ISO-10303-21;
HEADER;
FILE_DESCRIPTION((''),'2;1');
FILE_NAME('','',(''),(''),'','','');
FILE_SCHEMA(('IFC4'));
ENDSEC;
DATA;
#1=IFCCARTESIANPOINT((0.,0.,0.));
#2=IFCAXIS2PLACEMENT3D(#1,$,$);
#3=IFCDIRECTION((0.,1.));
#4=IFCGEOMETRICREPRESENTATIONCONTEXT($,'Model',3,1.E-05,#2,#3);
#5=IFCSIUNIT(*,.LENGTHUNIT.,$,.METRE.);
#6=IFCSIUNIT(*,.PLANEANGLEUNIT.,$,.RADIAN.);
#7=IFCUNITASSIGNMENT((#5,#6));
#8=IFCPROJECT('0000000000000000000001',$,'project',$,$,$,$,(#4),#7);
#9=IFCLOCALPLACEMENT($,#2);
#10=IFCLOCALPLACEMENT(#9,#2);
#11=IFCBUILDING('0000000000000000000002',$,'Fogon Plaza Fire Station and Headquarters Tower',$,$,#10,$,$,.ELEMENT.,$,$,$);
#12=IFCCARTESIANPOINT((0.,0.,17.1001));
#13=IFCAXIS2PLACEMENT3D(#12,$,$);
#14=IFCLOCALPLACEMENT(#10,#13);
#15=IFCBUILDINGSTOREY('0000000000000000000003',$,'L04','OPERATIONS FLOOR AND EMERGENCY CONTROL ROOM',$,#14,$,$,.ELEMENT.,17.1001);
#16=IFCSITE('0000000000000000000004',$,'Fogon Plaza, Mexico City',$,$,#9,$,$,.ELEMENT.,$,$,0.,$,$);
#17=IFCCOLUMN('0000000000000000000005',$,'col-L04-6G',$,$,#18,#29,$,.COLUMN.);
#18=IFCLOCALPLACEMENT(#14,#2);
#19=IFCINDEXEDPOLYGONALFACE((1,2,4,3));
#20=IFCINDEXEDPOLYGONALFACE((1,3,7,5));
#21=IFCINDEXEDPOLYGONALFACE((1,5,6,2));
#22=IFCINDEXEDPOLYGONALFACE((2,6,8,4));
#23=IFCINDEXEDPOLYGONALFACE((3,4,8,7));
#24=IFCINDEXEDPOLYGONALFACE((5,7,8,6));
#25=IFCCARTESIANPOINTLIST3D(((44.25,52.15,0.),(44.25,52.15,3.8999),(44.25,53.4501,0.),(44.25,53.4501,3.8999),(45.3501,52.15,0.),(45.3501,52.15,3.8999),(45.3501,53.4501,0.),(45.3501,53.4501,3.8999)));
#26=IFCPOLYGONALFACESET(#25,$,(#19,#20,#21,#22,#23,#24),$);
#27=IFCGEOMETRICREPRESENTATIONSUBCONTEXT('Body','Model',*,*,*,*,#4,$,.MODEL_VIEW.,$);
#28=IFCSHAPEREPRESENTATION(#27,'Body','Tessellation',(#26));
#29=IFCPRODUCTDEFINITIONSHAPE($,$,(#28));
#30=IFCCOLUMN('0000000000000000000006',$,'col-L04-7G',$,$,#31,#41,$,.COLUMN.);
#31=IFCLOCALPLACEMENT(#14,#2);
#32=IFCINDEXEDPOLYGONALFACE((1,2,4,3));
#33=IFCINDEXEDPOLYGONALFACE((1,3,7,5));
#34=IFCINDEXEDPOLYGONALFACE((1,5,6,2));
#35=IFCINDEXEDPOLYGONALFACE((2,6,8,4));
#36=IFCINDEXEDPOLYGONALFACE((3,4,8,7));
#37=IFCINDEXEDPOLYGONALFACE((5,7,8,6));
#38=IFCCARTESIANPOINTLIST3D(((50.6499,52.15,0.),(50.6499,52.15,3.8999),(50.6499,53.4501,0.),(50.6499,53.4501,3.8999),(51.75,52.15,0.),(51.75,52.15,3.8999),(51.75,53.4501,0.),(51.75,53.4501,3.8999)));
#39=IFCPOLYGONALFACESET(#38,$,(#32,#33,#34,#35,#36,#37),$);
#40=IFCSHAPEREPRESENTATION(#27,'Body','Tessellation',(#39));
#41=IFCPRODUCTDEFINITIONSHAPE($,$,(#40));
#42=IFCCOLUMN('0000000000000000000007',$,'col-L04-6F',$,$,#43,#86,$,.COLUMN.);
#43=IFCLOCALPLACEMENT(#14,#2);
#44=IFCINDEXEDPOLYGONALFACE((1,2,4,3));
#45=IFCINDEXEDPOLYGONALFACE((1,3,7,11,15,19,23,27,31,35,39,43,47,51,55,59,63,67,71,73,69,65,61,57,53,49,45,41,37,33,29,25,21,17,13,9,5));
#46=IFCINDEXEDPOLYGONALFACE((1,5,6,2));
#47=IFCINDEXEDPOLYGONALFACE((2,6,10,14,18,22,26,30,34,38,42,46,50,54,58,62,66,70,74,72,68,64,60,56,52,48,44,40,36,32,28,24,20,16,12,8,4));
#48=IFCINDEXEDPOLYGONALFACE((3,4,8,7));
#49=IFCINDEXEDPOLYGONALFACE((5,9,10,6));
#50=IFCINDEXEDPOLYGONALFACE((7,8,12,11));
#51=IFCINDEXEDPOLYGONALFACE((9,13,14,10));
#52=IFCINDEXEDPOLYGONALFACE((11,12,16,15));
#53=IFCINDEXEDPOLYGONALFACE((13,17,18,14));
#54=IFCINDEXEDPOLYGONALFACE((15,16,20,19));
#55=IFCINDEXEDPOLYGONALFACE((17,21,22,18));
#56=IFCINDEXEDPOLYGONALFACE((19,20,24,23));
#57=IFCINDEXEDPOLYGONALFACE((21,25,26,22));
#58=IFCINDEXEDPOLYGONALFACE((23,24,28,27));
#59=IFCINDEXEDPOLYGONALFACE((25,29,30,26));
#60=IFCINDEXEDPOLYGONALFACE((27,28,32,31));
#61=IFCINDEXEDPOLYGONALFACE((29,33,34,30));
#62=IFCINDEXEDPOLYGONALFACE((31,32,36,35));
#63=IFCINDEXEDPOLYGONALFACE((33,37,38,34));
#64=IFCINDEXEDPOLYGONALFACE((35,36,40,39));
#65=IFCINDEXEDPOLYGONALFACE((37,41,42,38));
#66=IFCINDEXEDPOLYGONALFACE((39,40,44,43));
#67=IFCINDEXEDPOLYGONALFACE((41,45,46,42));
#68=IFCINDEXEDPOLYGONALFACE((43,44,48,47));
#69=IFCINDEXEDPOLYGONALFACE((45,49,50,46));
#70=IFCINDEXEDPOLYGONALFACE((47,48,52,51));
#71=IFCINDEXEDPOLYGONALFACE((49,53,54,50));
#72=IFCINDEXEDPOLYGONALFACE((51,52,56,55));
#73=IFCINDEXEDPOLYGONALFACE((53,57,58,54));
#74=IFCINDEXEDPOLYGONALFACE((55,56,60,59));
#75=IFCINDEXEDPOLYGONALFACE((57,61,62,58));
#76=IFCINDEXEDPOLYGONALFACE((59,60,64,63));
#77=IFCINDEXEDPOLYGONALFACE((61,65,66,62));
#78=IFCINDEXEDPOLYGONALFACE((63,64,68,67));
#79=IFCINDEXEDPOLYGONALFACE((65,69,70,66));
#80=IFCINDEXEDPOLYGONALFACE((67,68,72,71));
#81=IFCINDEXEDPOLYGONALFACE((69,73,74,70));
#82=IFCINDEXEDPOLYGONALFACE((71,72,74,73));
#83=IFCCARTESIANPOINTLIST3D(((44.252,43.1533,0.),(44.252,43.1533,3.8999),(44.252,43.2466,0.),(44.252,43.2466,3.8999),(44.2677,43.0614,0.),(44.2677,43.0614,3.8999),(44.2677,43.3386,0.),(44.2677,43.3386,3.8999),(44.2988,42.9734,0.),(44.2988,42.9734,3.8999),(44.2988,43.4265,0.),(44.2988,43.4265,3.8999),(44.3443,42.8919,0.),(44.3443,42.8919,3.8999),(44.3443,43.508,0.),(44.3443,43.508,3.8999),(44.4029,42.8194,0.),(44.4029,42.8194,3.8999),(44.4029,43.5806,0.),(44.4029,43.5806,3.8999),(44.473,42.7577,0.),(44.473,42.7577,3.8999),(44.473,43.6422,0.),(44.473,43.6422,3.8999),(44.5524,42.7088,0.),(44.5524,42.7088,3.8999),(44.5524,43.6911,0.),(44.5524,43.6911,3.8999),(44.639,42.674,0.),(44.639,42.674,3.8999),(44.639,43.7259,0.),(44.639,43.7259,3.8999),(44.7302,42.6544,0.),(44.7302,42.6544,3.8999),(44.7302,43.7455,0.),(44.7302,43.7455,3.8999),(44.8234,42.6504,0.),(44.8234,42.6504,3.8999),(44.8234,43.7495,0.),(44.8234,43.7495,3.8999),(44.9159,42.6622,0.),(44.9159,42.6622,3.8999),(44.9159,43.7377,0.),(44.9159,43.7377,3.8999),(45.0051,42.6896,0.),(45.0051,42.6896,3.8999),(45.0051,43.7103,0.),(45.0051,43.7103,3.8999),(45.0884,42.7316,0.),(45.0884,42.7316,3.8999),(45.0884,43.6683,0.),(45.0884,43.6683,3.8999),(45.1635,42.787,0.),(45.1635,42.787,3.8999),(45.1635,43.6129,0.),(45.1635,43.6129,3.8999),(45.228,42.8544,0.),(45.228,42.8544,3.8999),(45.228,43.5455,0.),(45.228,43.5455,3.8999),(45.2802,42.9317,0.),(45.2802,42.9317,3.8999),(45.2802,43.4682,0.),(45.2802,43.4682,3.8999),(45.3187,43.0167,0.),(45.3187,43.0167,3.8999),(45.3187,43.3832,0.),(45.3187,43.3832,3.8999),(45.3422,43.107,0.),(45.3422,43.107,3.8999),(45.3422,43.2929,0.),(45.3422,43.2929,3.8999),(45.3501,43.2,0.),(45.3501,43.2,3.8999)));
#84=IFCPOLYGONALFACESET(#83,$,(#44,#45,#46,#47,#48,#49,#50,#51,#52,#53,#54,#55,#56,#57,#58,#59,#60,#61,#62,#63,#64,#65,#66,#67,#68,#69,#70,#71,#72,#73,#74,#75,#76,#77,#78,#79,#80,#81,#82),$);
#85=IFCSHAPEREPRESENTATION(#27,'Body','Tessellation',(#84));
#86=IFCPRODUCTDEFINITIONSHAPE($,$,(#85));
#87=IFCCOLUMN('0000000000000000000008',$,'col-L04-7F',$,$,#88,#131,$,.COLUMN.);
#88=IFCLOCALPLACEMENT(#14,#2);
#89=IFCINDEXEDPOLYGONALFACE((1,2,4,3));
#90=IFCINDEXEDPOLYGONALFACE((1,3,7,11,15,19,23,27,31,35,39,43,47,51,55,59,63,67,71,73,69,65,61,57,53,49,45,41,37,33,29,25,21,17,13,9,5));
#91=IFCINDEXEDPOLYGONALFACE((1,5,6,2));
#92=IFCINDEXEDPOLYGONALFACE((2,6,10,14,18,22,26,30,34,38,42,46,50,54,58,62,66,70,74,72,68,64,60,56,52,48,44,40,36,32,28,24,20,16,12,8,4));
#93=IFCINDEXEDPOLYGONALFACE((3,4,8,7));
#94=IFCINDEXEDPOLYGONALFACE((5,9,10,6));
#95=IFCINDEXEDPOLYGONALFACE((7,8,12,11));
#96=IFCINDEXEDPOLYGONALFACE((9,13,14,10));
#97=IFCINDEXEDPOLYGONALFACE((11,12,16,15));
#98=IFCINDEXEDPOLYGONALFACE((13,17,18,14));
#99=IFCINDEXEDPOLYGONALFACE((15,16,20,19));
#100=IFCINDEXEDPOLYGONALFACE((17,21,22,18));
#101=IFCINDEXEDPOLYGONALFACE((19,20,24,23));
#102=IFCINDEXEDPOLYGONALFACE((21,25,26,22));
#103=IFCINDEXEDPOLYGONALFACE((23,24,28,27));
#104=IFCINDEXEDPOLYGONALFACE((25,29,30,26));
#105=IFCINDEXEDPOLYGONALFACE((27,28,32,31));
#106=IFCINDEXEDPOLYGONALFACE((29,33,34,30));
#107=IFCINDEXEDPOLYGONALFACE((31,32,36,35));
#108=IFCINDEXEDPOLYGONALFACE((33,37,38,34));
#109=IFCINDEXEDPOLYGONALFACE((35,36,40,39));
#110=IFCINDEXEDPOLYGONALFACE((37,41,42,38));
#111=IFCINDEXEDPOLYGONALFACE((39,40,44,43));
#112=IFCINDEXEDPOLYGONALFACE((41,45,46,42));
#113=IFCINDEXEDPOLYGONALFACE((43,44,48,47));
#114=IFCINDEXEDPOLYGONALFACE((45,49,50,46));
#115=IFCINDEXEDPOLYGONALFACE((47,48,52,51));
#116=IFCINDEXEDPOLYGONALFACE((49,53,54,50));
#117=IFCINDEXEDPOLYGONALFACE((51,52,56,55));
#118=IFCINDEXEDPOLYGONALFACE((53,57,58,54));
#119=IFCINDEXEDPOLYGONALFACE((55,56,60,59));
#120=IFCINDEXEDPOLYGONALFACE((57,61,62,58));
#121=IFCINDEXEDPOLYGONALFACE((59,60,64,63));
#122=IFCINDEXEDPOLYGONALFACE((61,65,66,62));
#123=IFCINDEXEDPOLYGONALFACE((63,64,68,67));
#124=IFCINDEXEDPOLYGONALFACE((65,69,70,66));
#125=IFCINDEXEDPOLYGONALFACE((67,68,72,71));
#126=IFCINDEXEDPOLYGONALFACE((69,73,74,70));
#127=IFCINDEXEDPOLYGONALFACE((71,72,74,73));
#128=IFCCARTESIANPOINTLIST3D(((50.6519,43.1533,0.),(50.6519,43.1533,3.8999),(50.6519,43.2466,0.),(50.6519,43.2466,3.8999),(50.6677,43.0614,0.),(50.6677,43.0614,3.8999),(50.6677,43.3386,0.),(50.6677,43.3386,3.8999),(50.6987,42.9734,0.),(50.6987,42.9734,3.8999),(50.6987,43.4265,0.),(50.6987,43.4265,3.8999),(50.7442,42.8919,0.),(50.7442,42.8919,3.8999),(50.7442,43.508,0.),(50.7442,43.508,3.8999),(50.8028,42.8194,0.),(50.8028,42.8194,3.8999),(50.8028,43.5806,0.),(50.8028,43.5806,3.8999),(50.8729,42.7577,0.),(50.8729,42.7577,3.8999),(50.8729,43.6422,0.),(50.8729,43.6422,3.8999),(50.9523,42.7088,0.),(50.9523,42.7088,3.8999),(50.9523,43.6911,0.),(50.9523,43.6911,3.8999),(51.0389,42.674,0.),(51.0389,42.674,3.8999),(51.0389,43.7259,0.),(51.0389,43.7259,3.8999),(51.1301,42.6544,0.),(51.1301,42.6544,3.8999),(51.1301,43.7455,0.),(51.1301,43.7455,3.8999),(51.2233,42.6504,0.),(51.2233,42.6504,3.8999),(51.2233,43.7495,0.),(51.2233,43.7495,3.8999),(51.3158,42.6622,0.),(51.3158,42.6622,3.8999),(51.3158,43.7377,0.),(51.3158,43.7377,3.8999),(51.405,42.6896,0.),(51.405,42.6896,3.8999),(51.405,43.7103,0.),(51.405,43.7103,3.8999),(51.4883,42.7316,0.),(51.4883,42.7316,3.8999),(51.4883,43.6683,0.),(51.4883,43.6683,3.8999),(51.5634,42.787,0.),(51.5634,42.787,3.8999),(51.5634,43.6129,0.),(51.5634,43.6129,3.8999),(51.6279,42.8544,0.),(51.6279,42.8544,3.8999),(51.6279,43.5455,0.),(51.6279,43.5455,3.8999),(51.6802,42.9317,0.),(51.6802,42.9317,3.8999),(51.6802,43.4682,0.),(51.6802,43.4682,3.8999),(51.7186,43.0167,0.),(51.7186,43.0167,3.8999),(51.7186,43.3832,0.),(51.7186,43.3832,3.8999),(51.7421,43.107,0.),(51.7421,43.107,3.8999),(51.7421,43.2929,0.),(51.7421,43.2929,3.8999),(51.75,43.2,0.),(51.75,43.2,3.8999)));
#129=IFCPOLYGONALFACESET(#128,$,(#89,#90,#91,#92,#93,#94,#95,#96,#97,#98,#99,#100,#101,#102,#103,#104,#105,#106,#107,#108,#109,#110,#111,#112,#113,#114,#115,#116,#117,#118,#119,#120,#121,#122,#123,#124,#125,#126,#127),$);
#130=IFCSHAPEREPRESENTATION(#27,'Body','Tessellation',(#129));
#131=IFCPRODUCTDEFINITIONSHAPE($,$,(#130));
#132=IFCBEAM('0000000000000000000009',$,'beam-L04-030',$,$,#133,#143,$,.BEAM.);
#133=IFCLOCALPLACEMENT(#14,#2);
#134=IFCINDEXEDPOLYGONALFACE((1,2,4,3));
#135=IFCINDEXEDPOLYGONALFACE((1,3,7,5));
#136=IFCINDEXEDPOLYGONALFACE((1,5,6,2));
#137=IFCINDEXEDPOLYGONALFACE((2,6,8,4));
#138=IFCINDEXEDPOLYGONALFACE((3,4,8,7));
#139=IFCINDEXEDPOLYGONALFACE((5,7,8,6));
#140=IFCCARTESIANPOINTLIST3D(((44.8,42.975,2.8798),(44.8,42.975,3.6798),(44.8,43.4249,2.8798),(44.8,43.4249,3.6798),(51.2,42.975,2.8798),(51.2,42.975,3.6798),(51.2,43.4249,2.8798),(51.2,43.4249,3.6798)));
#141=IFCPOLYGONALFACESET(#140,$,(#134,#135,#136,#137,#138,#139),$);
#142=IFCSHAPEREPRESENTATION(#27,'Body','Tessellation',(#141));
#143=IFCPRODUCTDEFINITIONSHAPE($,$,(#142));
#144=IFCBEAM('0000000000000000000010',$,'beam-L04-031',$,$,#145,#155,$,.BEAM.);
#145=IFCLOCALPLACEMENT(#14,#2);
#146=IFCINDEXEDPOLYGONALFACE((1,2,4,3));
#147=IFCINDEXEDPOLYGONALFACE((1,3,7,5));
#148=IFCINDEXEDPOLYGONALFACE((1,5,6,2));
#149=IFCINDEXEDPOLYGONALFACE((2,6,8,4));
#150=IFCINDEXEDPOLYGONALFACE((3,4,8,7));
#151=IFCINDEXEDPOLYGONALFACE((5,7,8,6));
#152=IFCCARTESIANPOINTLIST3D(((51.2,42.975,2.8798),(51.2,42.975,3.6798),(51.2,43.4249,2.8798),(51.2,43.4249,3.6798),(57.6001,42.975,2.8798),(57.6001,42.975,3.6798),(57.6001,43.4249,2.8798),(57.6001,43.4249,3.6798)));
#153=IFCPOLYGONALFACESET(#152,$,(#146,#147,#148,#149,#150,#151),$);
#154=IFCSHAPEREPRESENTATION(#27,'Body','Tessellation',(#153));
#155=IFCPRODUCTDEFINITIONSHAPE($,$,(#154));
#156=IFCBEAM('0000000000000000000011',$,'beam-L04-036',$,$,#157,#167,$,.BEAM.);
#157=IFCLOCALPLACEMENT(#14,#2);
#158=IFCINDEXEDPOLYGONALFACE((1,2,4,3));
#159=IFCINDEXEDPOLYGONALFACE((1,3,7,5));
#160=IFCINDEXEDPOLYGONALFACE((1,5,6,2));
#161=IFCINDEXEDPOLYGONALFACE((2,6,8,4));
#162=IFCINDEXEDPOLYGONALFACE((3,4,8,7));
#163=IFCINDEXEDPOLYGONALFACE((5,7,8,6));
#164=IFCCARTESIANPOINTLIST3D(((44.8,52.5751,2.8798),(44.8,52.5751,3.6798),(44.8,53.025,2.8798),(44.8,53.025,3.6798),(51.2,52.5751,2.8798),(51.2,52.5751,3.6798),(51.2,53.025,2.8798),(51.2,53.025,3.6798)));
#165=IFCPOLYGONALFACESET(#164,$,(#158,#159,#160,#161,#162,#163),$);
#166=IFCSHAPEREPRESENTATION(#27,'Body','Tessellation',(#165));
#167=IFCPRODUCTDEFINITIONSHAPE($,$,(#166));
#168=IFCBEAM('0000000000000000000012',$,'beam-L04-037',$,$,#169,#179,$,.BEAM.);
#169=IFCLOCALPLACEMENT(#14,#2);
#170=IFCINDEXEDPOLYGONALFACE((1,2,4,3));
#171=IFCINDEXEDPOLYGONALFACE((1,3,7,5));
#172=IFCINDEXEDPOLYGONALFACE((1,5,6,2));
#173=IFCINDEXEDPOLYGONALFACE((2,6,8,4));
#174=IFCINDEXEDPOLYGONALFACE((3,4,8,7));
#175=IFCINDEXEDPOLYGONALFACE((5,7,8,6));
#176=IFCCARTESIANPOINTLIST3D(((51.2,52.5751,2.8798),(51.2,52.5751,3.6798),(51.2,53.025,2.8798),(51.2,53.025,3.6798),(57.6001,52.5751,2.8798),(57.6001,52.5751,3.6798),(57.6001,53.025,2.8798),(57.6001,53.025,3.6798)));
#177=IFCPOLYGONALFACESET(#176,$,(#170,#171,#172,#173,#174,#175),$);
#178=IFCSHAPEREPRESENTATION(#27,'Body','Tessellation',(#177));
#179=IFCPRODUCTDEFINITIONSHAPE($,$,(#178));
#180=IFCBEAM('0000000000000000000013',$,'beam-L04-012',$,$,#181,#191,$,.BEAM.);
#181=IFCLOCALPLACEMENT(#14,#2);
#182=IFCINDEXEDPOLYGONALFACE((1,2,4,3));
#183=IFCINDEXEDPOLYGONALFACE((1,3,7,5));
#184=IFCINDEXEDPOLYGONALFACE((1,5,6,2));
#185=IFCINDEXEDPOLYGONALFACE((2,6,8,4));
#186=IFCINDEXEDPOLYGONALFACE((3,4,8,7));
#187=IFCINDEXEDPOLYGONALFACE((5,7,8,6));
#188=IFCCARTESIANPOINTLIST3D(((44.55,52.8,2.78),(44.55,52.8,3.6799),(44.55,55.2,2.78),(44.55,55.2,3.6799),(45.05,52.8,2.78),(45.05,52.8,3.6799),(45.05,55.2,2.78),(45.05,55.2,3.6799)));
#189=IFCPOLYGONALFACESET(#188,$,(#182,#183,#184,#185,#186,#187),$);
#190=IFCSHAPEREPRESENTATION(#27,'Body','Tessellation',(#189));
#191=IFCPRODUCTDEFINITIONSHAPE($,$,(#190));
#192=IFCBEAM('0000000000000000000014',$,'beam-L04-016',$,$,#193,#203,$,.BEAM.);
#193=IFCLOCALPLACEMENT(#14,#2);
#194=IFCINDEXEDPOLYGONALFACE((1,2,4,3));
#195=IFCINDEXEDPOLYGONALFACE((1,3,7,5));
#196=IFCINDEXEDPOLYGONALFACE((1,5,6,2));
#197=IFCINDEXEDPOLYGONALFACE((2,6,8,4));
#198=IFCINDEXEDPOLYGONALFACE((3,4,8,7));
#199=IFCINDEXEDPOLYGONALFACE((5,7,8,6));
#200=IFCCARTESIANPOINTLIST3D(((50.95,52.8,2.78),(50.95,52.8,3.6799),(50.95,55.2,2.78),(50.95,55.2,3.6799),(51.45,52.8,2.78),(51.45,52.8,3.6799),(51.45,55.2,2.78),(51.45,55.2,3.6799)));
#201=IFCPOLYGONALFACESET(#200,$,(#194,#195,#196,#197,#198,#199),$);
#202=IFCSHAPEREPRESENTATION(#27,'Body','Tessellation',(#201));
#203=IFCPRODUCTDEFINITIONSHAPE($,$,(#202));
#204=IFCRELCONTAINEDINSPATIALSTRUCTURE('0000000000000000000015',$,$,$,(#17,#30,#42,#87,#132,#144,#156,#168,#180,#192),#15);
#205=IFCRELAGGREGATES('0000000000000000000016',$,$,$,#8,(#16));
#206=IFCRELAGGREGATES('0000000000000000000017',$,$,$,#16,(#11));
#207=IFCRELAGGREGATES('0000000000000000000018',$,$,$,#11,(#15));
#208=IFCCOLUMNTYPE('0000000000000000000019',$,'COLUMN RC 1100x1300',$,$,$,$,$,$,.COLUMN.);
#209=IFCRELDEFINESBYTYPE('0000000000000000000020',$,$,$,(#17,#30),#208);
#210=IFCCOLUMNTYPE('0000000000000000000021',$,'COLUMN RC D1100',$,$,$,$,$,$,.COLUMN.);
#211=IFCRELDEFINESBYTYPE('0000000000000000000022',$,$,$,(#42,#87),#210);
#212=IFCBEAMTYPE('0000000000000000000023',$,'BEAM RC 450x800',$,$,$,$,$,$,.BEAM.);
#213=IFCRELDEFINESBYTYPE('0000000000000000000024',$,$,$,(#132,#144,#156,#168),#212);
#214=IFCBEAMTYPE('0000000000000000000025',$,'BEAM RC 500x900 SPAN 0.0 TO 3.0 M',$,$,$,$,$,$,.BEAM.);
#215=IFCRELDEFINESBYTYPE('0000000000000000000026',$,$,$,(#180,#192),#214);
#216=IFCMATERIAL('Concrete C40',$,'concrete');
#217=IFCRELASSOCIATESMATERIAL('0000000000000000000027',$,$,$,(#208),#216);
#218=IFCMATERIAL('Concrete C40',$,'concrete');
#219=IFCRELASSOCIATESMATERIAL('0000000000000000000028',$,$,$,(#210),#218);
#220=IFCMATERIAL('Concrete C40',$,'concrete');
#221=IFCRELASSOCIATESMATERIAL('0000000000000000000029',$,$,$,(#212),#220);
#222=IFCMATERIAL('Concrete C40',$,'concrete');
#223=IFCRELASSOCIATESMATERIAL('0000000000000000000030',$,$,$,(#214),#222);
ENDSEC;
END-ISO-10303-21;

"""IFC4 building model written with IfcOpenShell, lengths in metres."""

from ifc_helpers import new_model, si_unit, direction, frame, origin, origin_2d, place, context, subcontext, project, spatial, rectangle, circle, extrude, material, material_profile, profile_set, type_object, element, save


model = new_model("IFC4")

# Units and contexts
model_context = context("Model", 3, precision=1e-05, world=origin(), true_north=direction((0.0, 1.0)))
body_context = subcontext(model_context, "Body", "Model", "MODEL_VIEW")
ifc_project = project(units=[si_unit("LENGTHUNIT", "METRE"), si_unit("PLANEANGLEUNIT", "RADIAN")], contexts=[model_context])

# Site, building, storey
site_placement = place(None, origin())
site = spatial("IfcSite", under=ifc_project, at=site_placement, Name="Fogon Plaza, Mexico City", CompositionType="ELEMENT", RefElevation=0.0)
building_placement = place(site_placement, origin())
building = spatial("IfcBuilding", under=site, at=building_placement, Name="Fogon Plaza Fire Station and Headquarters Tower", CompositionType="ELEMENT")
storey_placement = place(building_placement, frame((0.0, 0.0, 17.1001)))
storey = spatial("IfcBuildingStorey", under=building, at=storey_placement, Name="L04", Description="OPERATIONS FLOOR AND EMERGENCY CONTROL ROOM", CompositionType="ELEMENT", Elevation=17.1001)

# Columns
ifc_material_1 = material(Name="Concrete C40", Category="concrete")
ifc_material_profile_1 = material_profile(ifc_material_1, rectangle(XDim=1.1001, YDim=1.3, at=origin_2d()), Name="RC 1100x1300")
ifc_profile_set_1 = profile_set([ifc_material_profile_1], Name="Concrete C40")
column_type_1 = type_object("IfcColumnType", Name="COLUMN RC 1100x1300", PredefinedType="COLUMN", material=ifc_profile_set_1)
for number, where, z_axis, x_axis, name in (
    (1, (44.8, 52.8, 0.0), (0.0, 0.0, 1.0), (1.0, 0.0, 0.0), "col-L04-6G"),
    (2, (51.2, 52.8, 0.0), (0.0, 0.0, 1.0), (1.0, 0.0, 0.0), "col-L04-7G"),
):
    element("IfcColumn", number, at=place(storey_placement, frame(where, z_axis=z_axis, x_axis=x_axis)), inside=storey, type_object=column_type_1, Name=name, PredefinedType="COLUMN", context=body_context, shape_type="SweptSolid", body=[
        extrude(rectangle(XDim=1.1001, YDim=1.3, at=origin_2d()), origin(), (0.0, 0.0, 1.0), 3.8999),
    ])
ifc_material_2 = material(Name="Concrete C40", Category="concrete")
ifc_material_profile_2 = material_profile(ifc_material_2, circle(Radius=0.55, at=origin_2d()), Name="RC D1100")
ifc_profile_set_2 = profile_set([ifc_material_profile_2], Name="Concrete C40")
column_type_2 = type_object("IfcColumnType", Name="COLUMN RC D1100", PredefinedType="COLUMN", material=ifc_profile_set_2)
for number, where, z_axis, x_axis, name in (
    (3, (44.8, 43.2, 0.0), (0.0, 0.0, 1.0), (1.0, 0.0, 0.0), "col-L04-6F"),
    (4, (51.2, 43.2, 0.0), (0.0, 0.0, 1.0), (1.0, 0.0, 0.0), "col-L04-7F"),
):
    element("IfcColumn", number, at=place(storey_placement, frame(where, z_axis=z_axis, x_axis=x_axis)), inside=storey, type_object=column_type_2, Name=name, PredefinedType="COLUMN", context=body_context, shape_type="SweptSolid", body=[
        extrude(circle(Radius=0.55, at=origin_2d()), origin(), (0.0, 0.0, 1.0), 3.8999),
    ])

# Beams
ifc_material_3 = material(Name="Concrete C40", Category="concrete")
ifc_material_profile_3 = material_profile(ifc_material_3, rectangle(XDim=0.45, YDim=0.8, at=origin_2d()), Name="RC 450x800")
ifc_profile_set_3 = profile_set([ifc_material_profile_3], Name="Concrete C40")
beam_type_1 = type_object("IfcBeamType", Name="BEAM RC 450x800", PredefinedType="BEAM", material=ifc_profile_set_3)
beam_1_placement = place(storey_placement, frame((44.8, 43.2, 3.2798), z_axis=(1.0, 0.0, 0.0), x_axis=(0.0, 1.0, 0.0)))
element("IfcBeam", 5, at=beam_1_placement, inside=storey, type_object=beam_type_1, Name="beam-L04-030", PredefinedType="BEAM", context=body_context, shape_type="SweptSolid", body=[
    extrude(rectangle(XDim=0.45, YDim=0.8, at=origin_2d()), origin(), (0.0, 0.0, 1.0), 6.3999),
])
beam_2_placement = place(storey_placement, frame((51.2, 43.2, 3.2798), z_axis=(1.0, 0.0, 0.0), x_axis=(0.0, 1.0, 0.0)))
element("IfcBeam", 6, at=beam_2_placement, inside=storey, type_object=beam_type_1, Name="beam-L04-031", PredefinedType="BEAM", context=body_context, shape_type="SweptSolid", body=[
    extrude(rectangle(XDim=0.45, YDim=0.8, at=origin_2d()), origin(), (0.0, 0.0, 1.0), 6.4001),
])
beam_3_placement = place(storey_placement, frame((44.8, 52.8, 3.2798), z_axis=(1.0, 0.0, 0.0), x_axis=(0.0, 1.0, 0.0)))
element("IfcBeam", 7, at=beam_3_placement, inside=storey, type_object=beam_type_1, Name="beam-L04-036", PredefinedType="BEAM", context=body_context, shape_type="SweptSolid", body=[
    extrude(rectangle(XDim=0.45, YDim=0.8, at=origin_2d()), origin(), (0.0, 0.0, 1.0), 6.3999),
])
beam_4_placement = place(storey_placement, frame((51.2, 52.8, 3.2798), z_axis=(1.0, 0.0, 0.0), x_axis=(0.0, 1.0, 0.0)))
element("IfcBeam", 8, at=beam_4_placement, inside=storey, type_object=beam_type_1, Name="beam-L04-037", PredefinedType="BEAM", context=body_context, shape_type="SweptSolid", body=[
    extrude(rectangle(XDim=0.45, YDim=0.8, at=origin_2d()), origin(), (0.0, 0.0, 1.0), 6.4001),
])
ifc_material_4 = material(Name="Concrete C40", Category="concrete")
ifc_material_profile_4 = material_profile(ifc_material_4, rectangle(XDim=0.5, YDim=0.8999, at=origin_2d()), Name="RC 500x900")
ifc_profile_set_4 = profile_set([ifc_material_profile_4], Name="Concrete C40")
beam_type_2 = type_object("IfcBeamType", Name="BEAM RC 500x900 SPAN 0.0 TO 3.0 M", PredefinedType="BEAM", material=ifc_profile_set_4)
for number, where, z_axis, x_axis, name in (
    (9, (44.8, 52.8, 3.23), (0.0, 1.0, 0.0), (-1.0, 0.0, 0.0), "beam-L04-012"),
    (10, (51.2, 52.8, 3.23), (0.0, 1.0, 0.0), (-1.0, 0.0, 0.0), "beam-L04-016"),
):
    element("IfcBeam", number, at=place(storey_placement, frame(where, z_axis=z_axis, x_axis=x_axis)), inside=storey, type_object=beam_type_2, Name=name, PredefinedType="BEAM", context=body_context, shape_type="SweptSolid", body=[
        extrude(rectangle(XDim=0.5, YDim=0.8999, at=origin_2d()), origin(), (0.0, 0.0, 1.0), 2.3999),
    ])

save(model, "model.ifc")
